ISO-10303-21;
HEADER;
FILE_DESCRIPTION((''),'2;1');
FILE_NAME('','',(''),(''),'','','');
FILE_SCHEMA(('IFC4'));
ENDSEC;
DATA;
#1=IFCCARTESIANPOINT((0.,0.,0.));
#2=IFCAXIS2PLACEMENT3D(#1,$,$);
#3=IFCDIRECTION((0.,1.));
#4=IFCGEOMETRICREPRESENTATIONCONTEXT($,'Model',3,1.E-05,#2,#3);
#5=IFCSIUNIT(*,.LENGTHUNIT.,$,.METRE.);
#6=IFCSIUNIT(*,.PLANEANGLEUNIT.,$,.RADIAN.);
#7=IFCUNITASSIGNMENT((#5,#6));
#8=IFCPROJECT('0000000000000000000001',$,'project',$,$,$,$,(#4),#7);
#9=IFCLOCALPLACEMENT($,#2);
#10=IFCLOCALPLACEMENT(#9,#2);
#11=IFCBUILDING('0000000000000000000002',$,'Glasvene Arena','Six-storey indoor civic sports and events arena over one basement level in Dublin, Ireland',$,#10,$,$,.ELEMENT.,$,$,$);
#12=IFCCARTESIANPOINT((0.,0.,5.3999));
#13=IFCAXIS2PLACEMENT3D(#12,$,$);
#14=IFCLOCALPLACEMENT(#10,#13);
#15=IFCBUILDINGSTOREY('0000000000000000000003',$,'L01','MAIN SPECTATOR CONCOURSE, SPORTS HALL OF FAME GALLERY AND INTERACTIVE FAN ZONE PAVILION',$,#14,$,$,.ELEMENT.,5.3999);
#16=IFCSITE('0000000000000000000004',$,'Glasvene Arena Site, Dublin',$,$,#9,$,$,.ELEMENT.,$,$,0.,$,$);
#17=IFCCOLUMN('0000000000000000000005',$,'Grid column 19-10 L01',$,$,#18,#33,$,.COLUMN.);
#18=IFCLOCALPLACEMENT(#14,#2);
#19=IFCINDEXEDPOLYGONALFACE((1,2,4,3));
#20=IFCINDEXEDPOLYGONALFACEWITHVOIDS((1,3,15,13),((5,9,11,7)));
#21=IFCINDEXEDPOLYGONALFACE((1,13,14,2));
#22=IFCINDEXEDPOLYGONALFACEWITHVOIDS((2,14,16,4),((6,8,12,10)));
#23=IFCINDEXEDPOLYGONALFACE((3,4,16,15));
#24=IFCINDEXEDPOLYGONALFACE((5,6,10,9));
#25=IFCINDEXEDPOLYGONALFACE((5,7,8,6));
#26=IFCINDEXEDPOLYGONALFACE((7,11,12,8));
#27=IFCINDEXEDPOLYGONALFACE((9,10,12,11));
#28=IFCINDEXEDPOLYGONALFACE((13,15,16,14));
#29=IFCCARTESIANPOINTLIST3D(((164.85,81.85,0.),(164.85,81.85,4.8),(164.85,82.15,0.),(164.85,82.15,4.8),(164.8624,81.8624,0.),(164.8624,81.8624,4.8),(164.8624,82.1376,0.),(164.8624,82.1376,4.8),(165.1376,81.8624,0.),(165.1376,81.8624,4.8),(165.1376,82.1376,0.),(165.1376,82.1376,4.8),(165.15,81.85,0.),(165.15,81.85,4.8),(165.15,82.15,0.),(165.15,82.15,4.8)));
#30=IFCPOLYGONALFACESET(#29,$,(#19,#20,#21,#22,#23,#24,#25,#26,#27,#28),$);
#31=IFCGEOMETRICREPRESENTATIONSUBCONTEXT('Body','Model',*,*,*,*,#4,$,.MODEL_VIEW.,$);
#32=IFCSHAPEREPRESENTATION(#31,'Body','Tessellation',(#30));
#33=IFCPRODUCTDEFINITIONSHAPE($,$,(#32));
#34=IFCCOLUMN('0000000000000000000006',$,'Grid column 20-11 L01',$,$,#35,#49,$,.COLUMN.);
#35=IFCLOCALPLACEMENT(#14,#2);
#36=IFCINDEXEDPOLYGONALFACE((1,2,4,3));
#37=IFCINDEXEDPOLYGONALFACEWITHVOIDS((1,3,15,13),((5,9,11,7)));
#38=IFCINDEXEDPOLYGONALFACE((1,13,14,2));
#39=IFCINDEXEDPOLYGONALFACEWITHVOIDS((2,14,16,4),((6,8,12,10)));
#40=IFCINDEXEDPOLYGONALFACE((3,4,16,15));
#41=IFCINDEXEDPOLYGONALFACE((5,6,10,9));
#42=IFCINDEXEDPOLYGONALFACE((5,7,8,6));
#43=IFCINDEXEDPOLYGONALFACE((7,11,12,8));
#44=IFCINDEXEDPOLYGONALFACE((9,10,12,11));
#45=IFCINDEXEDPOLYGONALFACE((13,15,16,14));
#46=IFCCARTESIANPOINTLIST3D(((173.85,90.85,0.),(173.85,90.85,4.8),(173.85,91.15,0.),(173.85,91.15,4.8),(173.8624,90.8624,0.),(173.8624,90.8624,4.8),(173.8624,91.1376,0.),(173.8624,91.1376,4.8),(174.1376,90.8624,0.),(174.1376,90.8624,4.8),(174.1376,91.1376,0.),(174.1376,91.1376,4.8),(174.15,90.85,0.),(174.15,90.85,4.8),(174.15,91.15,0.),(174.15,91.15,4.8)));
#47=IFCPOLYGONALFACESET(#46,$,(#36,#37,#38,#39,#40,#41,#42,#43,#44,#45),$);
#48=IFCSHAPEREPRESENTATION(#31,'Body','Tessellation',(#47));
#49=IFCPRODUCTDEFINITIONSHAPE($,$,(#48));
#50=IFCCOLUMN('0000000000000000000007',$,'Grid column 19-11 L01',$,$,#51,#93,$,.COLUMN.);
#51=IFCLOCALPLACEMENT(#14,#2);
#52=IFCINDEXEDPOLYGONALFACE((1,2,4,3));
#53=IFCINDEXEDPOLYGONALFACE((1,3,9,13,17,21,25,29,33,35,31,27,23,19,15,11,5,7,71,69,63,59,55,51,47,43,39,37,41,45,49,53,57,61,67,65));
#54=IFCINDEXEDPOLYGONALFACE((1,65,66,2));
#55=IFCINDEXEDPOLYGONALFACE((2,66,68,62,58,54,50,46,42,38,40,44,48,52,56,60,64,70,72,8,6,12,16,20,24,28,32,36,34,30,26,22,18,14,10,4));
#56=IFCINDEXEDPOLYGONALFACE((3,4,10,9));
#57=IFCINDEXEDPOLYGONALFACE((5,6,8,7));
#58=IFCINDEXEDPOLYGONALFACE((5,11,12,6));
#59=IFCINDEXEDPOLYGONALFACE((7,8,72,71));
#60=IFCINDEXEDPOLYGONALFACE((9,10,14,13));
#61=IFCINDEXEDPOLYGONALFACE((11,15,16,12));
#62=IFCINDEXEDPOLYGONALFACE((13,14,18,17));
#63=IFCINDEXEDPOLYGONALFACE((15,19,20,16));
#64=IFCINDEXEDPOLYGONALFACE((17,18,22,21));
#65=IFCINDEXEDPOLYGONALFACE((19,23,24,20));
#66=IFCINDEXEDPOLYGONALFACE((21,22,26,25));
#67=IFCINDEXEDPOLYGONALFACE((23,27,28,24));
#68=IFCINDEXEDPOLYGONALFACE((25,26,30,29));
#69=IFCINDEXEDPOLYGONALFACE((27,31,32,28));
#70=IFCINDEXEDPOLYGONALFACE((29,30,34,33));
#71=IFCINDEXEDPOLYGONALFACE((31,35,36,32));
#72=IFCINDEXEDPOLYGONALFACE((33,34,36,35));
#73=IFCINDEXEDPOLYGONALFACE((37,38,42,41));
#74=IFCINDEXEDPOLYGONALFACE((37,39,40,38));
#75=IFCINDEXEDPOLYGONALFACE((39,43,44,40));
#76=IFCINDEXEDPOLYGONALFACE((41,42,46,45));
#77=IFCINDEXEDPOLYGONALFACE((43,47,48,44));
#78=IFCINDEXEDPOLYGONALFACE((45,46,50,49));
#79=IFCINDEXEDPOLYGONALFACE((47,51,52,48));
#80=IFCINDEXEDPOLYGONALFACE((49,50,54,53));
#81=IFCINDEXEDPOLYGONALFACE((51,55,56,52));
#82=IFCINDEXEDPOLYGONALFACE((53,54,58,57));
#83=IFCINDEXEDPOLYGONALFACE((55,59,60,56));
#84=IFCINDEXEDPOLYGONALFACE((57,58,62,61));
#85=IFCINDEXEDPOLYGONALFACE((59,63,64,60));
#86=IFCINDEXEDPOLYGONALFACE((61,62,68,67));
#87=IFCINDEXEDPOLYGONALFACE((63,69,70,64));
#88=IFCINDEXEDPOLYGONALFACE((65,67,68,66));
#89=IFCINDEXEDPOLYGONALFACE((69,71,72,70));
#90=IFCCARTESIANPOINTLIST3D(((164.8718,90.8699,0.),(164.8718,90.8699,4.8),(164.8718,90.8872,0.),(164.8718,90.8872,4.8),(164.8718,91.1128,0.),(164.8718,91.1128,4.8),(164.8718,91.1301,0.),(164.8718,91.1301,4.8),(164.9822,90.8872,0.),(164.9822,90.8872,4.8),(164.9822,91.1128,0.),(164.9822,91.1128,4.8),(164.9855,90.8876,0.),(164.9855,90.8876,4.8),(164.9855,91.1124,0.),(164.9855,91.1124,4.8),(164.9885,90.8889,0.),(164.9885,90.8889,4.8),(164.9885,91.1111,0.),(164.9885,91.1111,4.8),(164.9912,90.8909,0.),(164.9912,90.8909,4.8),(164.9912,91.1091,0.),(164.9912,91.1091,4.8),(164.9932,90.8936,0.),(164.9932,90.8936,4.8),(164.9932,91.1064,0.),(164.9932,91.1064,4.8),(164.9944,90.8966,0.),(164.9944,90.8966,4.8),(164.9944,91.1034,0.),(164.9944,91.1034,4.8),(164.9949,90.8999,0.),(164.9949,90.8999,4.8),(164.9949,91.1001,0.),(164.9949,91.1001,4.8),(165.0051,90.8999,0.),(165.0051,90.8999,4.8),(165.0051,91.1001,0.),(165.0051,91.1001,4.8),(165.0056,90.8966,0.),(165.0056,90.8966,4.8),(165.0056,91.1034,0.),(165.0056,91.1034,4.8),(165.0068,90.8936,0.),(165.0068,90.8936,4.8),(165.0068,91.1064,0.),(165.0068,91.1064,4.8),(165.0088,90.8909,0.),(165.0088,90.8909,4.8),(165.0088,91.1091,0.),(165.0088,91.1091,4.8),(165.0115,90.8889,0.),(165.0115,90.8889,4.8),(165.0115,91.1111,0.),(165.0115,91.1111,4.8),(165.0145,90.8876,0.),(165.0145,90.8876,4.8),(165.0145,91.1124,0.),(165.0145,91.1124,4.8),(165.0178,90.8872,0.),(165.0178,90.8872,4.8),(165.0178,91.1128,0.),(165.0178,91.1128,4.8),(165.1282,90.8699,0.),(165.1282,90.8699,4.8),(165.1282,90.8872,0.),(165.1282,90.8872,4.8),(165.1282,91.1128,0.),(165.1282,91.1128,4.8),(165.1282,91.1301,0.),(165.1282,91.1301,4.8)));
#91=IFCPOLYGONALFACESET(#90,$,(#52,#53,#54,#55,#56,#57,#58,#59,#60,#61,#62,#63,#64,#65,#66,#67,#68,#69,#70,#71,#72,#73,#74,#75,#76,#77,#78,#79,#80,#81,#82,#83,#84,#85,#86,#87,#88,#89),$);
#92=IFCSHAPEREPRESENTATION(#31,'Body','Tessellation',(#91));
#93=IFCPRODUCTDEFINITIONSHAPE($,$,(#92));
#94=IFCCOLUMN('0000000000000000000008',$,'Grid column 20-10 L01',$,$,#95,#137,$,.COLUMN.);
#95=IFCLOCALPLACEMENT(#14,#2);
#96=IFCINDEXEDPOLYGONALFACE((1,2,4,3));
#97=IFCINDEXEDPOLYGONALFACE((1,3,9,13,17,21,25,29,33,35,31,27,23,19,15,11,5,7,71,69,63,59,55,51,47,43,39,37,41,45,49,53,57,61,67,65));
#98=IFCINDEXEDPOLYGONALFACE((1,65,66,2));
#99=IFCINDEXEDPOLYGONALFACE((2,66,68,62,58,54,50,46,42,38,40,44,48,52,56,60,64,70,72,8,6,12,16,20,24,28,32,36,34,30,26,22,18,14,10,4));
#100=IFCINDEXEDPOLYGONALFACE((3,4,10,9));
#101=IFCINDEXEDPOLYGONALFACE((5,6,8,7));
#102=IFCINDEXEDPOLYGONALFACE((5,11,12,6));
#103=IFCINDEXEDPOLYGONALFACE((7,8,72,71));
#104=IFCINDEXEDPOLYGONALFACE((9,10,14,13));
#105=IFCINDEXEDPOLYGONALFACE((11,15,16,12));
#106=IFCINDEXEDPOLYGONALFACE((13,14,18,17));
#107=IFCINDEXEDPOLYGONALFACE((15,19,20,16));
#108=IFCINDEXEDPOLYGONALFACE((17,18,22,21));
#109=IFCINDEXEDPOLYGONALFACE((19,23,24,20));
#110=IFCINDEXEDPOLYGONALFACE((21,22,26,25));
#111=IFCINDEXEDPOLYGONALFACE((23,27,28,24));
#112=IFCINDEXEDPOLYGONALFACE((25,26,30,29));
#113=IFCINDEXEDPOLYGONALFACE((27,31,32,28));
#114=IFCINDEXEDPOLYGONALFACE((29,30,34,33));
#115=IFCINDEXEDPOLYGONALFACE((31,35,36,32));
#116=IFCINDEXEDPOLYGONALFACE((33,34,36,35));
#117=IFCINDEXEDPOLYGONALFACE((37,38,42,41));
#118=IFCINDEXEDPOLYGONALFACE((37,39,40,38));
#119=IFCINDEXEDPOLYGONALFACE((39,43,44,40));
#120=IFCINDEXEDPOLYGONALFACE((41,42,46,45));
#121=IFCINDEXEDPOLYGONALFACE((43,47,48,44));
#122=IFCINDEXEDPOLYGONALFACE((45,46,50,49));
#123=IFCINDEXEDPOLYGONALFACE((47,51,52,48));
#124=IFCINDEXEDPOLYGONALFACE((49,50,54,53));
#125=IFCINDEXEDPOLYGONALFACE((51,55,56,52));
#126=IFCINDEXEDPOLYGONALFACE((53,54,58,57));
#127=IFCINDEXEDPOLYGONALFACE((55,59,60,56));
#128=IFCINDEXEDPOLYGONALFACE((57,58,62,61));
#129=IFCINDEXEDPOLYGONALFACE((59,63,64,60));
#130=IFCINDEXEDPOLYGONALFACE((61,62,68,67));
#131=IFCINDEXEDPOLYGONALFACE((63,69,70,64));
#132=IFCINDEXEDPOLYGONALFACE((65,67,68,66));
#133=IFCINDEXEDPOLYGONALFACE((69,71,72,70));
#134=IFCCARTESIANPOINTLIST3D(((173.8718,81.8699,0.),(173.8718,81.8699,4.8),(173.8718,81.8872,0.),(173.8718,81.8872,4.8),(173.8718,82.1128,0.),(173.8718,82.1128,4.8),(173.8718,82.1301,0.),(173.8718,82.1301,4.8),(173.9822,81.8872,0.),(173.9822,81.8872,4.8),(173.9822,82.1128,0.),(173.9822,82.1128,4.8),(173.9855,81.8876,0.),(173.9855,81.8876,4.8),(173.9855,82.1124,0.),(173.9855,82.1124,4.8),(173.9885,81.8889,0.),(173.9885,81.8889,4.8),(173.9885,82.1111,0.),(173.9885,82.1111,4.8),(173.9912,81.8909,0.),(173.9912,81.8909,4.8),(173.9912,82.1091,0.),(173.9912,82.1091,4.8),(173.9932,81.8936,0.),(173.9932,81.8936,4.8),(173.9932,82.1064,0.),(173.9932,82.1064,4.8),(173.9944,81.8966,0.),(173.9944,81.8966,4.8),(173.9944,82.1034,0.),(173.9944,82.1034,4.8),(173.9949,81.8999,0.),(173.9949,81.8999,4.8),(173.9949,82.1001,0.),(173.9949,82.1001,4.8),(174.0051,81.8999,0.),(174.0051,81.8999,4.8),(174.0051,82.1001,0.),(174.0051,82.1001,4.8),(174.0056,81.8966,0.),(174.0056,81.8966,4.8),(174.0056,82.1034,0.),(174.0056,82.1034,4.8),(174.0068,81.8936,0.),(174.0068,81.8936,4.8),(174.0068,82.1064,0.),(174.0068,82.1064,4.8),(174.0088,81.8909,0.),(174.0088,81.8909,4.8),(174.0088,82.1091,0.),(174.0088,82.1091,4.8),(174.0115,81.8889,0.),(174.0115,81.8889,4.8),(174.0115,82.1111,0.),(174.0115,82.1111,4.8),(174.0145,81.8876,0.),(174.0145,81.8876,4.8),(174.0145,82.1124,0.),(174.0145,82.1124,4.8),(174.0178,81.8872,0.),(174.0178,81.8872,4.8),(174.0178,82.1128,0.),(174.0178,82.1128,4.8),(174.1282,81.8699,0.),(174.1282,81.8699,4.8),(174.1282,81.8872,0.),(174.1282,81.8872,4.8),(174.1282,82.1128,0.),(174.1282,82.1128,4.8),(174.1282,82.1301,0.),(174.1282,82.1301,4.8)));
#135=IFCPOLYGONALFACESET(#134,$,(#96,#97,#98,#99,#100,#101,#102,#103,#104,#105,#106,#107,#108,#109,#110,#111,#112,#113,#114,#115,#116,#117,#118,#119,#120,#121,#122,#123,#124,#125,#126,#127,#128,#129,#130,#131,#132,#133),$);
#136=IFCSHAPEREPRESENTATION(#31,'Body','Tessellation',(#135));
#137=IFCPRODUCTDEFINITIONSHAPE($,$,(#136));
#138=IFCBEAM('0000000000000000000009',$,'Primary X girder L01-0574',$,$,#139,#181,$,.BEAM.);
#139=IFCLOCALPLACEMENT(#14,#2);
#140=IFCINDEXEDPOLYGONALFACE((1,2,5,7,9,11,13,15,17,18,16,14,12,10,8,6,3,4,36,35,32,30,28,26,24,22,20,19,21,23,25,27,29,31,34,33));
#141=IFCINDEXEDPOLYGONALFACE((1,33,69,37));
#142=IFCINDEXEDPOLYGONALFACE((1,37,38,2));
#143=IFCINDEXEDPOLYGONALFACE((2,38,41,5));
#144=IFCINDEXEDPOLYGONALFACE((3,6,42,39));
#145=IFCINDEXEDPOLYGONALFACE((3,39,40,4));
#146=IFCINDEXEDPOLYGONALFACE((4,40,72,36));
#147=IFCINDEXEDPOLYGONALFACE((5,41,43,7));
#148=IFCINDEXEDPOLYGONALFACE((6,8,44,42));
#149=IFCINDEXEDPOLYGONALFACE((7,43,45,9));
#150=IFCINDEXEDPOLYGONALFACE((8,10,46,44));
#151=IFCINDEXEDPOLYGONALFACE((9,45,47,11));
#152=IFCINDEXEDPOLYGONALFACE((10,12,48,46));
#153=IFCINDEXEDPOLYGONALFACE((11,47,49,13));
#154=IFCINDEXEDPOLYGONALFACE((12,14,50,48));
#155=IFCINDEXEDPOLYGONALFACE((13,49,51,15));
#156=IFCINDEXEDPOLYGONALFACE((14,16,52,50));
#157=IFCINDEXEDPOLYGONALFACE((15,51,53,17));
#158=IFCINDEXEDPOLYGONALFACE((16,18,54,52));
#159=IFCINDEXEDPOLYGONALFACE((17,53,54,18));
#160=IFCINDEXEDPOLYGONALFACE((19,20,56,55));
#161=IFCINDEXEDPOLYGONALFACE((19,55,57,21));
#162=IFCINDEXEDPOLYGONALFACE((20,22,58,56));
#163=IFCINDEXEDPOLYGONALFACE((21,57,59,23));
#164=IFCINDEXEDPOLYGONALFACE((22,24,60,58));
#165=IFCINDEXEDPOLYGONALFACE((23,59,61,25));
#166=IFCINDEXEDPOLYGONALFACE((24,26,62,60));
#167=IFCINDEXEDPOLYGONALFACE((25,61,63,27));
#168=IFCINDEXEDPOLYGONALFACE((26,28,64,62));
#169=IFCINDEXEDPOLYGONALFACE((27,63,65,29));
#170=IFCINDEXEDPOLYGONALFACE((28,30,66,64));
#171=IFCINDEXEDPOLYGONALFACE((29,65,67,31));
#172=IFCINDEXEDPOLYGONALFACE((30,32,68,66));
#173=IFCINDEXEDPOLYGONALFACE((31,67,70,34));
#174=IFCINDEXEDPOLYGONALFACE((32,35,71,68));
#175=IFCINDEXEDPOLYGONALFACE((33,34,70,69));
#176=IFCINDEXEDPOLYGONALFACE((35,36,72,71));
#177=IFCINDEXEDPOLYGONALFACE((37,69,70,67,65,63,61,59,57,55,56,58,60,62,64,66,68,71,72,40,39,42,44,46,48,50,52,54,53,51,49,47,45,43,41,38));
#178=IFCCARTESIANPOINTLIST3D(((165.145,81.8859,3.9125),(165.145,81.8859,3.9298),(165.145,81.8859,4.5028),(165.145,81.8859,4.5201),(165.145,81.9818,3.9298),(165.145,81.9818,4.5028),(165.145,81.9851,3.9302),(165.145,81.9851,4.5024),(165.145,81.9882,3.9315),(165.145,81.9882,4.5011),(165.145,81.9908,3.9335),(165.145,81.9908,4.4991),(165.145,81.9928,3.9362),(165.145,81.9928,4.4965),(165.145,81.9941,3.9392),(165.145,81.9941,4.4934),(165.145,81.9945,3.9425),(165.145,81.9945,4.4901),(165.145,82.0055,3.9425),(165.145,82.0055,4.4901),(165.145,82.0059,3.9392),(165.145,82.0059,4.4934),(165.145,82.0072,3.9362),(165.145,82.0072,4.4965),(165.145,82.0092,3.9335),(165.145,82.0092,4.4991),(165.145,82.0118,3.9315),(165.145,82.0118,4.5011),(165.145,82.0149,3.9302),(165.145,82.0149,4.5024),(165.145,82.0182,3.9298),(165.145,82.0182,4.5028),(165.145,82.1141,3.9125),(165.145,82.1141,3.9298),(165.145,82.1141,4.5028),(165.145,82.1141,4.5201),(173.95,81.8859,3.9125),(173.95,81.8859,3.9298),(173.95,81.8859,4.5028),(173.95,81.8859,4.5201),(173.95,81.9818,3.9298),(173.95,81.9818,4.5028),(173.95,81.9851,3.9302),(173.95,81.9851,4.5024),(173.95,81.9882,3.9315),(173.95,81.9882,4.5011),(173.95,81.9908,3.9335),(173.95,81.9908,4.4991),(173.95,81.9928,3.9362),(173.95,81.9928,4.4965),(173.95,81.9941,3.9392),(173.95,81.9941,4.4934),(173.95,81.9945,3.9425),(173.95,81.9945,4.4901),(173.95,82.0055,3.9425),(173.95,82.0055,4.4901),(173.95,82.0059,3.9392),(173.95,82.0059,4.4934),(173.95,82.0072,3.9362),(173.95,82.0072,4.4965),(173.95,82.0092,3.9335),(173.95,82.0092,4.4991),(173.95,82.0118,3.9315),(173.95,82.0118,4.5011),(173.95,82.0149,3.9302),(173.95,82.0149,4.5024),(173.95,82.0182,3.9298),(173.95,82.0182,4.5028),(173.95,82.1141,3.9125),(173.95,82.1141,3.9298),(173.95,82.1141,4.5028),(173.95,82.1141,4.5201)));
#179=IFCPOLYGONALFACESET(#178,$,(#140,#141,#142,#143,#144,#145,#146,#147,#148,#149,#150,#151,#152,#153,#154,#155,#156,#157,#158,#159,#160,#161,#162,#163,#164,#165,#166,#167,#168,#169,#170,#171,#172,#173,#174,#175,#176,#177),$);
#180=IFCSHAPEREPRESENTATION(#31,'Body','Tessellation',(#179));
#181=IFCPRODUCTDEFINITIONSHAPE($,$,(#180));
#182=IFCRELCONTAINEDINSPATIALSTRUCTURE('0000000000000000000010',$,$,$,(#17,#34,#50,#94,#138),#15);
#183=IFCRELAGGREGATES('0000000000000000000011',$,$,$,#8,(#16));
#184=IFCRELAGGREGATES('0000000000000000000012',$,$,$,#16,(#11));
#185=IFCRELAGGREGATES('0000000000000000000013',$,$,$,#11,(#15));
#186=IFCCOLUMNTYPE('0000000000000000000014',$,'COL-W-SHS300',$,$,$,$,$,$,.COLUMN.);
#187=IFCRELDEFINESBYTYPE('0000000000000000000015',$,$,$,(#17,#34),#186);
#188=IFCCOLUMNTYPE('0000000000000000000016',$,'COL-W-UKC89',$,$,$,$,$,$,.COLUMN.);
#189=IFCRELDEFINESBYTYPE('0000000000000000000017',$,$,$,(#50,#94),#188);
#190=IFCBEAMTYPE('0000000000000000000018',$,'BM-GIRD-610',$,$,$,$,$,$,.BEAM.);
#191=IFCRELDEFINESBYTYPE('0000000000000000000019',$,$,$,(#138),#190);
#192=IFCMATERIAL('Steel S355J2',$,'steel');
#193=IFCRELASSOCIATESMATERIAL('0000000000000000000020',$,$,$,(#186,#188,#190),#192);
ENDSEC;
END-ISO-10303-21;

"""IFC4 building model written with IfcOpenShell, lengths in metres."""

from ifc_helpers import new_model, si_unit, direction, frame, origin, origin_2d, place, context, subcontext, project, spatial, hollow_rectangle, i_section, extrude, material, material_profile, profile_set, type_object, element, save


model = new_model("IFC4")

# Units and contexts
model_context = context("Model", 3, precision=1e-05, world=origin(), true_north=direction((0.0, 1.0)))
body_context = subcontext(model_context, "Body", "Model", "MODEL_VIEW")
ifc_project = project(units=[si_unit("LENGTHUNIT", "METRE"), si_unit("PLANEANGLEUNIT", "RADIAN")], contexts=[model_context])

# Site, building, storey
site_placement = place(None, origin())
site = spatial("IfcSite", under=ifc_project, at=site_placement, Name="Glasvene Arena Site, Dublin", CompositionType="ELEMENT", RefElevation=0.0)
building_placement = place(site_placement, origin())
building = spatial("IfcBuilding", under=site, at=building_placement, Name="Glasvene Arena", Description="Six-storey indoor civic sports and events arena over one basement level in Dublin, Ireland", CompositionType="ELEMENT")
storey_placement = place(building_placement, frame((0.0, 0.0, 5.3999)))
storey = spatial("IfcBuildingStorey", under=building, at=storey_placement, Name="L01", Description="MAIN SPECTATOR CONCOURSE, SPORTS HALL OF FAME GALLERY AND INTERACTIVE FAN ZONE PAVILION", CompositionType="ELEMENT", Elevation=5.3999)

# Columns
ifc_material_1 = material(Name="Steel S355J2", Category="steel")
ifc_material_profile_1 = material_profile(ifc_material_1, hollow_rectangle(XDim=0.3, YDim=0.3, WallThickness=0.0125, at=origin_2d()), Name="SHS 300x300x12.5")
ifc_profile_set_1 = profile_set([ifc_material_profile_1], Name="Steel S355J2")
column_type_1 = type_object("IfcColumnType", Name="COL-W-SHS300", PredefinedType="COLUMN", material=ifc_profile_set_1)
for number, where, z_axis, x_axis, name in (
    (1, (165.0, 82.0, 0.0), (0.0, 0.0, 1.0), (1.0, 0.0, 0.0), "Grid column 19-10 L01"),
    (2, (174.0, 91.0, 0.0), (0.0, 0.0, 1.0), (1.0, 0.0, 0.0), "Grid column 20-11 L01"),
):
    element("IfcColumn", number, at=place(storey_placement, frame(where, z_axis=z_axis, x_axis=x_axis)), inside=storey, type_object=column_type_1, Name=name, PredefinedType="COLUMN", context=body_context, shape_type="SweptSolid", body=[
        extrude(hollow_rectangle(XDim=0.3, YDim=0.3, WallThickness=0.0125, at=origin_2d()), origin(), (0.0, 0.0, 1.0), 4.8),
    ])
ifc_material_profile_2 = material_profile(ifc_material_1, i_section(OverallWidth=0.2563, OverallDepth=0.2603, WebThickness=0.0103, FlangeThickness=0.0173, FilletRadius=0.0127, at=origin_2d()), Name="UKC 254x254x89")
ifc_profile_set_2 = profile_set([ifc_material_profile_2], Name="Steel S355J2")
column_type_2 = type_object("IfcColumnType", Name="COL-W-UKC89", PredefinedType="COLUMN", material=ifc_profile_set_2)
for number, where, z_axis, x_axis, name in (
    (3, (165.0, 91.0, 0.0), (0.0, 0.0, 1.0), (1.0, 0.0, 0.0), "Grid column 19-11 L01"),
    (4, (174.0, 82.0, 0.0), (0.0, 0.0, 1.0), (1.0, 0.0, 0.0), "Grid column 20-10 L01"),
):
    element("IfcColumn", number, at=place(storey_placement, frame(where, z_axis=z_axis, x_axis=x_axis)), inside=storey, type_object=column_type_2, Name=name, PredefinedType="COLUMN", context=body_context, shape_type="SweptSolid", body=[
        extrude(i_section(OverallWidth=0.2563, OverallDepth=0.2603, WebThickness=0.0103, FlangeThickness=0.0173, FilletRadius=0.0127, at=origin_2d()), origin(), (0.0, 0.0, 1.0), 4.8),
    ])

# Beam
ifc_material_profile_3 = material_profile(ifc_material_1, i_section(OverallWidth=0.2283, OverallDepth=0.6077, WebThickness=0.011, FlangeThickness=0.0173, FilletRadius=0.0127, at=origin_2d()), Name="UKB 610x229x113")
ifc_profile_set_3 = profile_set([ifc_material_profile_3], Name="Steel S355J2")
beam_type_1 = type_object("IfcBeamType", Name="BM-GIRD-610", PredefinedType="BEAM", material=ifc_profile_set_3)
for number, where, z_axis, x_axis, name in (
    (5, (165.145, 82.0, 4.2163), (1.0, 0.0, 0.0), (0.0, 1.0, 0.0), "Primary X girder L01-0574"),
):
    element("IfcBeam", number, at=place(storey_placement, frame(where, z_axis=z_axis, x_axis=x_axis)), inside=storey, type_object=beam_type_1, Name=name, PredefinedType="BEAM", context=body_context, shape_type="SweptSolid", body=[
        extrude(i_section(OverallWidth=0.2283, OverallDepth=0.6077, WebThickness=0.011, FlangeThickness=0.0173, FilletRadius=0.0127, at=origin_2d()), origin(), (0.0, 0.0, 1.0), 8.8049),
    ])

save(model, "model.ifc")
